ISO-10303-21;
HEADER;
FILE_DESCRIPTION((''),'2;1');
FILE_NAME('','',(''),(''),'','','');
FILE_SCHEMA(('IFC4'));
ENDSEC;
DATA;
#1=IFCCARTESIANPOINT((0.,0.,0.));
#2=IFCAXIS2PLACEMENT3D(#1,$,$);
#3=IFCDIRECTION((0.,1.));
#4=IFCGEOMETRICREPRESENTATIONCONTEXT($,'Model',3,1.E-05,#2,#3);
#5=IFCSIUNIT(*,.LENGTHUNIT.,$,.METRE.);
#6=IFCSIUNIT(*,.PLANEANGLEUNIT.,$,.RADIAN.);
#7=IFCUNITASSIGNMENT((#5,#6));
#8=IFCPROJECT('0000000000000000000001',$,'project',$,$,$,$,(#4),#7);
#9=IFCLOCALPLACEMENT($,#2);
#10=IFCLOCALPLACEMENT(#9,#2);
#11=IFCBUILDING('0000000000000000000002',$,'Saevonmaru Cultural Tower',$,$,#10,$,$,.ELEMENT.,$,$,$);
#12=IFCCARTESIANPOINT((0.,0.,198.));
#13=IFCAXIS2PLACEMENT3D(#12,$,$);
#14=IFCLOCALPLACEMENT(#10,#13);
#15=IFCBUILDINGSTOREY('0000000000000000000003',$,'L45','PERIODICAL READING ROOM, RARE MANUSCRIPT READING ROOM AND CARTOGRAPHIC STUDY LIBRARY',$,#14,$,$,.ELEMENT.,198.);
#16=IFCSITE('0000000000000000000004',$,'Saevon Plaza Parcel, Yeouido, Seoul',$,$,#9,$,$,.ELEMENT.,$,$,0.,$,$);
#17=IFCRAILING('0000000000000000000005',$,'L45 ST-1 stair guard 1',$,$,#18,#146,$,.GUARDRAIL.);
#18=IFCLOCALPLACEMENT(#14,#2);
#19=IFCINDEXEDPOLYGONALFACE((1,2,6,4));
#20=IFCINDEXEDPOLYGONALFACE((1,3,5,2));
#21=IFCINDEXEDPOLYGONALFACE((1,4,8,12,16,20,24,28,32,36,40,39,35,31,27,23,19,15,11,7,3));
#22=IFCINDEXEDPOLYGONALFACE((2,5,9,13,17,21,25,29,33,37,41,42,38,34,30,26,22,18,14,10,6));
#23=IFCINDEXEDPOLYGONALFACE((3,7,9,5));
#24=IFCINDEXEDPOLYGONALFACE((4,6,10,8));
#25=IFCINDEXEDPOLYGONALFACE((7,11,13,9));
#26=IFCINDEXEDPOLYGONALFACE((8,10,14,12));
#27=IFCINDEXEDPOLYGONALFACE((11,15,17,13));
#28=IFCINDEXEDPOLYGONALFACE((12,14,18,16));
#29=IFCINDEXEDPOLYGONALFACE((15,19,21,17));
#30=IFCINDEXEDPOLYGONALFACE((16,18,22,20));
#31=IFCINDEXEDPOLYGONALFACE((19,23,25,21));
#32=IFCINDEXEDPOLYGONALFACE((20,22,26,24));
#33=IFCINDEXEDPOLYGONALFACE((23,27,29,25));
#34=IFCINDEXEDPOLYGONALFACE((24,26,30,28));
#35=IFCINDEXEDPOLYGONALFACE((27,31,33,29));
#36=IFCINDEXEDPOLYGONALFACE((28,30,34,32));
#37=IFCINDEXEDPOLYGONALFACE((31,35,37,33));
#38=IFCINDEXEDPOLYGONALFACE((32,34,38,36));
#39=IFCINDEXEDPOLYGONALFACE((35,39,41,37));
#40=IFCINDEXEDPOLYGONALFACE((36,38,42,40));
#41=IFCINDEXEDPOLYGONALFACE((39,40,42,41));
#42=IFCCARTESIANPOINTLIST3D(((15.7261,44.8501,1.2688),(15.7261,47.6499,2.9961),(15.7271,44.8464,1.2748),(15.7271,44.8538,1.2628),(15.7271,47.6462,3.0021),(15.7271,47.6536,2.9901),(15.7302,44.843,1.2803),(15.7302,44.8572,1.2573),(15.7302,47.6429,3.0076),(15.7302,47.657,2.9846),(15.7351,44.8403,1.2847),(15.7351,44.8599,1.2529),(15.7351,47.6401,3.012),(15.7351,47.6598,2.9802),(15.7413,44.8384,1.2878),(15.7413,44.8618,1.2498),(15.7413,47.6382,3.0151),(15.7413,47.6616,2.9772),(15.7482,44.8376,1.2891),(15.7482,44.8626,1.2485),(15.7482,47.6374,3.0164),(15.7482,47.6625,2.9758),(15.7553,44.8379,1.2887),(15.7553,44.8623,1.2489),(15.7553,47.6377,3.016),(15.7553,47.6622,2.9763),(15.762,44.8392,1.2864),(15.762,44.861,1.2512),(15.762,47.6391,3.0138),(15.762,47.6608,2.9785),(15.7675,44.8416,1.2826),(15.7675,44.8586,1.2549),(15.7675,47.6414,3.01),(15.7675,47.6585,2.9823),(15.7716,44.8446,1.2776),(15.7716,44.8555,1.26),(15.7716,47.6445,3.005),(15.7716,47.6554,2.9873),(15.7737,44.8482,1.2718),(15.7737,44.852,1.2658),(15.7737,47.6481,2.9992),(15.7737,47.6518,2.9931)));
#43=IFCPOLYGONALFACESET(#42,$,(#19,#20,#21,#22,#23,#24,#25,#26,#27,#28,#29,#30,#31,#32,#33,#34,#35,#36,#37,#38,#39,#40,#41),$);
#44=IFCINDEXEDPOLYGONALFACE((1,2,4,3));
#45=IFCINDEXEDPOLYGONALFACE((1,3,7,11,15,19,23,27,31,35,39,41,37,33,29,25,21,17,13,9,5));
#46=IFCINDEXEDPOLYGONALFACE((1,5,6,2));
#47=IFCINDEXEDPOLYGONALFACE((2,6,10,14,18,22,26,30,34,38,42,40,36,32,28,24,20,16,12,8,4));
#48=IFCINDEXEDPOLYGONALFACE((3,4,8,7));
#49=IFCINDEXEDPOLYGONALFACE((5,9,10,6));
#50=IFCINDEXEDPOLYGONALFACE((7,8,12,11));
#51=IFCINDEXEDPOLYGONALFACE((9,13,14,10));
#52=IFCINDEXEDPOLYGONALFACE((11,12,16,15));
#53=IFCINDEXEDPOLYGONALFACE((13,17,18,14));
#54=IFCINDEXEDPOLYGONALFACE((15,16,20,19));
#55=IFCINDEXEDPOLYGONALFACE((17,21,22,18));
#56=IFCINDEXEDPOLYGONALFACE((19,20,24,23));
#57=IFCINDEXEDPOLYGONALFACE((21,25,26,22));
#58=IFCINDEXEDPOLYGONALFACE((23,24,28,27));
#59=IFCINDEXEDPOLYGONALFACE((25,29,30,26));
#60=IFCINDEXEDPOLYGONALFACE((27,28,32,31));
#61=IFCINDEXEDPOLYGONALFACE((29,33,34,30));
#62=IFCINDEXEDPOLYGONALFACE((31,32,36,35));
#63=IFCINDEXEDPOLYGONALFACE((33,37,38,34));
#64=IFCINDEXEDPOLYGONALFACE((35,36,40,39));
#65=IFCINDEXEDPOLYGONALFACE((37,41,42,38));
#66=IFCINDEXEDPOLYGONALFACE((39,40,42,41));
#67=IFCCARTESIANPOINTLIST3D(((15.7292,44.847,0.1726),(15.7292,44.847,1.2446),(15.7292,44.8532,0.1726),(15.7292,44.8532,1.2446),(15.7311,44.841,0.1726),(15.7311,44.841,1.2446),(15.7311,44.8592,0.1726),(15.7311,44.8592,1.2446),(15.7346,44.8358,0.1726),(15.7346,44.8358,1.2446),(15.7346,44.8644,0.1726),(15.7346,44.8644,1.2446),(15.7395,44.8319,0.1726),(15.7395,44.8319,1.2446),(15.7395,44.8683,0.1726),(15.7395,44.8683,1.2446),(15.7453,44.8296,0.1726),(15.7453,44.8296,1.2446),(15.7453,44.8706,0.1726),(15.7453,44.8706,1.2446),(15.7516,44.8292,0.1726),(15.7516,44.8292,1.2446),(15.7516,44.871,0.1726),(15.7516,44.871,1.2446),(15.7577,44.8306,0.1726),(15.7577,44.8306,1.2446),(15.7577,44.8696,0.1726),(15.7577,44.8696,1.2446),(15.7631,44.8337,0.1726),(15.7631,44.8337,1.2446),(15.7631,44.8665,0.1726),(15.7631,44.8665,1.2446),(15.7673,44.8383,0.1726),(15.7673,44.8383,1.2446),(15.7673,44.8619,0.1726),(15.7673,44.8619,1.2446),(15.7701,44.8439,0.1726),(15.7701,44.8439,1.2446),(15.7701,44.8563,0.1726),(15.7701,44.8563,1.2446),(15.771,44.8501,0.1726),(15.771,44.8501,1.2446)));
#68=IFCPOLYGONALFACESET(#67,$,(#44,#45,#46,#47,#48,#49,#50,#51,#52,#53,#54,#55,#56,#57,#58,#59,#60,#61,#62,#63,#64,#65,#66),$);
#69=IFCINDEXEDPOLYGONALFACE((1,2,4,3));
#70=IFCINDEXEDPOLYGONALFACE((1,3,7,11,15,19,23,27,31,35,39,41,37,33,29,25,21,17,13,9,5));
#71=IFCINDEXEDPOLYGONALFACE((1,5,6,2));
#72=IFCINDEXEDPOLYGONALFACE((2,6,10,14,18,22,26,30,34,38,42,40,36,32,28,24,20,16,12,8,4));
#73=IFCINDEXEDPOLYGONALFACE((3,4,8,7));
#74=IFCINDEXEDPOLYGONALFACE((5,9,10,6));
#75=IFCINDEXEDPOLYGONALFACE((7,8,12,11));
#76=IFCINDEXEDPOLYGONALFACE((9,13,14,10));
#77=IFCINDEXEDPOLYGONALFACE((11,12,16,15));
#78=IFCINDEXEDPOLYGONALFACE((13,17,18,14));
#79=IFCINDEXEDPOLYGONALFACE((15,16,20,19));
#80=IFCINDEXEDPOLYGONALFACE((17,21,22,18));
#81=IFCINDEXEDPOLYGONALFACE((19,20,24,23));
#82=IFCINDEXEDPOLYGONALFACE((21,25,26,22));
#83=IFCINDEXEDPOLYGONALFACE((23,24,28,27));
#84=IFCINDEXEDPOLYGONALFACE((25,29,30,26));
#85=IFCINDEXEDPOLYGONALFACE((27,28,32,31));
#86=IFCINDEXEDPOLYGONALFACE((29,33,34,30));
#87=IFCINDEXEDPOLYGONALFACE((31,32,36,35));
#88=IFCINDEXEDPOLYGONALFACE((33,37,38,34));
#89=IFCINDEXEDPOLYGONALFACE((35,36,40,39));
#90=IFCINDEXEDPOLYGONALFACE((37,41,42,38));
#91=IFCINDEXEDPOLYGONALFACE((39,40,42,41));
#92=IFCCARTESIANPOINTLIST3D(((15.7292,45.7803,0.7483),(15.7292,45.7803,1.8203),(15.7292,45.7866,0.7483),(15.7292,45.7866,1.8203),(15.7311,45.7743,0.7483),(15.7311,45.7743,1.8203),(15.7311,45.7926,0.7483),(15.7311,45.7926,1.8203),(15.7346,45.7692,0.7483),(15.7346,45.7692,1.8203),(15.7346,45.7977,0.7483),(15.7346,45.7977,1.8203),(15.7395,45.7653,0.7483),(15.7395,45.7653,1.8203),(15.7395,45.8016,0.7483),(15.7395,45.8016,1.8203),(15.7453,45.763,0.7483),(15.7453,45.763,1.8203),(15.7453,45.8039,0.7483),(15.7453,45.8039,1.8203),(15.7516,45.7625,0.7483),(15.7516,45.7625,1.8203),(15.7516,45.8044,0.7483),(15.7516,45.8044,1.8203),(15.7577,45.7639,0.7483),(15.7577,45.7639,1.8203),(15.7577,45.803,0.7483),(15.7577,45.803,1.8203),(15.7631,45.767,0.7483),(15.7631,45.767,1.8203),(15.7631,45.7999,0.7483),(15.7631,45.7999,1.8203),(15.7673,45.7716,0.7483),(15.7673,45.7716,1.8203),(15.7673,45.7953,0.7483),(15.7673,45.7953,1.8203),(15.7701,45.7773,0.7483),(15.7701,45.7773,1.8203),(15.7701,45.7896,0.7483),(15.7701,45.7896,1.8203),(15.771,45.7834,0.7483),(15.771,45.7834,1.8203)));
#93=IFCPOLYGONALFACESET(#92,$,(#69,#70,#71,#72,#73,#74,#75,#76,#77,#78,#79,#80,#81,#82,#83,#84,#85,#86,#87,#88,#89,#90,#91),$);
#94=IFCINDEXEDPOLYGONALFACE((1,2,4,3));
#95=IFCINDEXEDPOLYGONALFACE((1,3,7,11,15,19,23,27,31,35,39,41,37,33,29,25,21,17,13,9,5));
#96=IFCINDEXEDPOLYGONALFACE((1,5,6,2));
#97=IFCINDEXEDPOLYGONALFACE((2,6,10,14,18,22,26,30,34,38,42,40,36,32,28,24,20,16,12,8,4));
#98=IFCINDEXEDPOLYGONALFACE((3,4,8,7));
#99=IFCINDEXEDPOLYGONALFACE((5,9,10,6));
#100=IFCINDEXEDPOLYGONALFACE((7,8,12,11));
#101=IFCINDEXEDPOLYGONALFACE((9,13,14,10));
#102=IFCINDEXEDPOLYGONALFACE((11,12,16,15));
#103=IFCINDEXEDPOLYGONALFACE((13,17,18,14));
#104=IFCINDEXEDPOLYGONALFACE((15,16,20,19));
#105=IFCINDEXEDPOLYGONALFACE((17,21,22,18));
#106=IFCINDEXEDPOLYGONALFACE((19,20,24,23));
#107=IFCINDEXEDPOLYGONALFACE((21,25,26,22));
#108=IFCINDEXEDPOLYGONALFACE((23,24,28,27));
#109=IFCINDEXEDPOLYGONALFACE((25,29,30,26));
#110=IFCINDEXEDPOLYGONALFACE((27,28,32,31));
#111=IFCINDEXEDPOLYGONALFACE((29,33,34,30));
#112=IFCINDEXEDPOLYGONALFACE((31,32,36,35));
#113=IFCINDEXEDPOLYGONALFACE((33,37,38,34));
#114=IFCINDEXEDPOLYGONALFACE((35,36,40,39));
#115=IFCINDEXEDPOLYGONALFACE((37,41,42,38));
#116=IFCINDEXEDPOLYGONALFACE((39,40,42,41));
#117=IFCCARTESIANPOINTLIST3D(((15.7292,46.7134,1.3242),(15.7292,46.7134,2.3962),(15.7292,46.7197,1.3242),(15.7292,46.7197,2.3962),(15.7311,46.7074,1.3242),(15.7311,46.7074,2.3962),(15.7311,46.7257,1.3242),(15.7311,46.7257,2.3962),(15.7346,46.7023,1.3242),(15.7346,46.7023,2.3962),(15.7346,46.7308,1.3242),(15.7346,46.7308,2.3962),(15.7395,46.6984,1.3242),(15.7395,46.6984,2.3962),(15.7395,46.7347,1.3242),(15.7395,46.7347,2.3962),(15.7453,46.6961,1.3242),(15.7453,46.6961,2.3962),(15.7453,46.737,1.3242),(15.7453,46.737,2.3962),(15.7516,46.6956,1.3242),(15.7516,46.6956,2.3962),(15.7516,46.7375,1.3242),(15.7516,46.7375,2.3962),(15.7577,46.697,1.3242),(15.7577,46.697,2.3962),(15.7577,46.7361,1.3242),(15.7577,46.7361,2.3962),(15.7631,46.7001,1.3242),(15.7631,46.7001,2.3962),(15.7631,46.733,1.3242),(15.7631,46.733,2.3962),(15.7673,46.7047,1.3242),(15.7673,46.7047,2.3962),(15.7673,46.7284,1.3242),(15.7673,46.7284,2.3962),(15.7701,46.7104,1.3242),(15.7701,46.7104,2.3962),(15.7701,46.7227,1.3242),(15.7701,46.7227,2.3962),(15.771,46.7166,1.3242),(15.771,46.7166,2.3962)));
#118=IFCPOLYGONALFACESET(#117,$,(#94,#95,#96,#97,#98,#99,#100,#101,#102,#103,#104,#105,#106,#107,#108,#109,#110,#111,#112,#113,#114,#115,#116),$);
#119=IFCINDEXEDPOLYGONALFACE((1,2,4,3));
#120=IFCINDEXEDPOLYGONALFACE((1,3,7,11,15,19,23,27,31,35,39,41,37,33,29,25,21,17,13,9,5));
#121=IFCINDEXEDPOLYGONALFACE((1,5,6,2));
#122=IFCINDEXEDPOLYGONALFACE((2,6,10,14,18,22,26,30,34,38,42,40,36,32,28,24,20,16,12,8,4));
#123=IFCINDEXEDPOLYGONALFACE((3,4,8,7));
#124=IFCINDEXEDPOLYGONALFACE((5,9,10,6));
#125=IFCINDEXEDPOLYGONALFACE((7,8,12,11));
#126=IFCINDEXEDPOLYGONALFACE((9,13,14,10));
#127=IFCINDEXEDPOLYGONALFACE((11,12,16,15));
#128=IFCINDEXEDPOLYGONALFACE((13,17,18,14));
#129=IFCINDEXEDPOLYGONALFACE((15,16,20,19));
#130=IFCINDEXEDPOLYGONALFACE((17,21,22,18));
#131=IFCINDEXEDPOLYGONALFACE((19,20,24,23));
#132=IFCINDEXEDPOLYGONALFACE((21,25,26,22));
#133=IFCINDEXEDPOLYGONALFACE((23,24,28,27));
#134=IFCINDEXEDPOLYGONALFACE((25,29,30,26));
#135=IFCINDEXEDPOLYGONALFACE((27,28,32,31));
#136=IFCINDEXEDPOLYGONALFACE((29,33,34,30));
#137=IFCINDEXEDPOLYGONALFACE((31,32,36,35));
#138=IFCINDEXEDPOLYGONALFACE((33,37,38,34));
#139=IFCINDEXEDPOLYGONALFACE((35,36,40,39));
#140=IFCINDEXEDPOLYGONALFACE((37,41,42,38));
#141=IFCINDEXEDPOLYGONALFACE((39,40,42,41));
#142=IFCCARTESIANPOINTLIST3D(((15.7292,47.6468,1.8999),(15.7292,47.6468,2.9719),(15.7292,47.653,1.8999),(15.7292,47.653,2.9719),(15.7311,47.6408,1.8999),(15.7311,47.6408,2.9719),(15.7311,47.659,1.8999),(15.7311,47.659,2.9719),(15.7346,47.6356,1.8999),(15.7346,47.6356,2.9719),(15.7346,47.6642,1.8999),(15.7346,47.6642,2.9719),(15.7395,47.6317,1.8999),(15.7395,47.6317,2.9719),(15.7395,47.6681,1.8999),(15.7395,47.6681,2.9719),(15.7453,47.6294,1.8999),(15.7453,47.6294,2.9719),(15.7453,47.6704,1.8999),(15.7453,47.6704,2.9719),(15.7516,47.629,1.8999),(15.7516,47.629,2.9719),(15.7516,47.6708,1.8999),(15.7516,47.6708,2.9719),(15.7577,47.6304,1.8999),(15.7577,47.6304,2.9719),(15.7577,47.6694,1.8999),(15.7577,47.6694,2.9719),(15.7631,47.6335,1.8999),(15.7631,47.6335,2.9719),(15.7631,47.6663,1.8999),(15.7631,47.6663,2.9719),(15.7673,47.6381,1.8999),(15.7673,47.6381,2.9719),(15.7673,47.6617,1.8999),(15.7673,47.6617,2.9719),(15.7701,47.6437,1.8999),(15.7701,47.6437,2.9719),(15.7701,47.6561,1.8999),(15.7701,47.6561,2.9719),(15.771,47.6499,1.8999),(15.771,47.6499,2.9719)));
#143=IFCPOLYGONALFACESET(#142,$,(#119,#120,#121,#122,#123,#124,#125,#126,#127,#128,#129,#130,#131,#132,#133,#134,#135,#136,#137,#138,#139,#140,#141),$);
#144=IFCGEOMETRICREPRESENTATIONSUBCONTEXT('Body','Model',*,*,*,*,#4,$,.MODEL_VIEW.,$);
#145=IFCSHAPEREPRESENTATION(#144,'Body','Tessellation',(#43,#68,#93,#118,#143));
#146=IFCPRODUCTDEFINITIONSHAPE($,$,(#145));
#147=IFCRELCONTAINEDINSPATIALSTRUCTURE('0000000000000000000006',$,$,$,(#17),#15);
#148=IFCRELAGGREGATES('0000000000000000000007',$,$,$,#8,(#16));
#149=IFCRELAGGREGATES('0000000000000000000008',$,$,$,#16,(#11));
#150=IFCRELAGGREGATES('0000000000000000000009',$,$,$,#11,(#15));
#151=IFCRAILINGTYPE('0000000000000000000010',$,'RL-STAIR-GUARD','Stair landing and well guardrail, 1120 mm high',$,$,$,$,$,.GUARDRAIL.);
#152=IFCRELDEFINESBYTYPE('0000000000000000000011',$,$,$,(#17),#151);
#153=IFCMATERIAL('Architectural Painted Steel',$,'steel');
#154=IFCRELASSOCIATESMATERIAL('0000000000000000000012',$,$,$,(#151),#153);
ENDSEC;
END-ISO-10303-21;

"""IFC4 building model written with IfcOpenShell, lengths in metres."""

from ifc_helpers import new_model, si_unit, direction, frame, origin, origin_2d, place, context, subcontext, project, spatial, circle, extrude, material, type_object, element, save


model = new_model("IFC4")

# Units and contexts
model_context = context("Model", 3, precision=1e-05, world=origin(), true_north=direction((0.0, 1.0)))
body_context = subcontext(model_context, "Body", "Model", "MODEL_VIEW")
ifc_project = project(units=[si_unit("LENGTHUNIT", "METRE"), si_unit("PLANEANGLEUNIT", "RADIAN")], contexts=[model_context])

# Site, building, storey
site_placement = place(None, origin())
site = spatial("IfcSite", under=ifc_project, at=site_placement, Name="Saevon Plaza Parcel, Yeouido, Seoul", CompositionType="ELEMENT", RefElevation=0.0)
building_placement = place(site_placement, origin())
building = spatial("IfcBuilding", under=site, at=building_placement, Name="Saevonmaru Cultural Tower", CompositionType="ELEMENT")
storey_placement = place(building_placement, frame((0.0, 0.0, 198.0)))
storey = spatial("IfcBuildingStorey", under=building, at=storey_placement, Name="L45", Description="PERIODICAL READING ROOM, RARE MANUSCRIPT READING ROOM AND CARTOGRAPHIC STUDY LIBRARY", CompositionType="ELEMENT", Elevation=198.0)

# Railing
ifc_material_1 = material(Name="Architectural Painted Steel", Category="steel")
railing_type_1 = type_object("IfcRailingType", Name="RL-STAIR-GUARD", Description="Stair landing and well guardrail, 1120 mm high", PredefinedType="GUARDRAIL", material=ifc_material_1)
railing_1_placement = place(storey_placement, frame((15.75, 44.8501, 0.1726)))
element("IfcRailing", 1, at=railing_1_placement, inside=storey, type_object=railing_type_1, Name="L45 ST-1 stair guard 1", PredefinedType="GUARDRAIL", context=body_context, shape_type="SweptSolid", body=[
    extrude(circle(Radius=0.0239, at=origin_2d()), frame((0.0, 0.0, 1.0962), z_axis=(0.0, 0.851069, 0.525054), x_axis=(-1.0, 0.0, 0.0)), (0.0, 0.0, 1.0), 3.2898),
    extrude(circle(Radius=0.021, at=origin_2d()), origin(), (0.0, 0.0, 1.0), 1.072),
    extrude(circle(Radius=0.021, at=origin_2d()), frame((0.0, 0.9333, 0.5757)), (0.0, 0.0, 1.0), 1.072),
    extrude(circle(Radius=0.021, at=origin_2d()), frame((0.0, 1.8665, 1.1516)), (0.0, 0.0, 1.0), 1.072),
    extrude(circle(Radius=0.021, at=origin_2d()), frame((0.0, 2.7998, 1.7273)), (0.0, 0.0, 1.0), 1.072),
])

save(model, "model.ifc")
